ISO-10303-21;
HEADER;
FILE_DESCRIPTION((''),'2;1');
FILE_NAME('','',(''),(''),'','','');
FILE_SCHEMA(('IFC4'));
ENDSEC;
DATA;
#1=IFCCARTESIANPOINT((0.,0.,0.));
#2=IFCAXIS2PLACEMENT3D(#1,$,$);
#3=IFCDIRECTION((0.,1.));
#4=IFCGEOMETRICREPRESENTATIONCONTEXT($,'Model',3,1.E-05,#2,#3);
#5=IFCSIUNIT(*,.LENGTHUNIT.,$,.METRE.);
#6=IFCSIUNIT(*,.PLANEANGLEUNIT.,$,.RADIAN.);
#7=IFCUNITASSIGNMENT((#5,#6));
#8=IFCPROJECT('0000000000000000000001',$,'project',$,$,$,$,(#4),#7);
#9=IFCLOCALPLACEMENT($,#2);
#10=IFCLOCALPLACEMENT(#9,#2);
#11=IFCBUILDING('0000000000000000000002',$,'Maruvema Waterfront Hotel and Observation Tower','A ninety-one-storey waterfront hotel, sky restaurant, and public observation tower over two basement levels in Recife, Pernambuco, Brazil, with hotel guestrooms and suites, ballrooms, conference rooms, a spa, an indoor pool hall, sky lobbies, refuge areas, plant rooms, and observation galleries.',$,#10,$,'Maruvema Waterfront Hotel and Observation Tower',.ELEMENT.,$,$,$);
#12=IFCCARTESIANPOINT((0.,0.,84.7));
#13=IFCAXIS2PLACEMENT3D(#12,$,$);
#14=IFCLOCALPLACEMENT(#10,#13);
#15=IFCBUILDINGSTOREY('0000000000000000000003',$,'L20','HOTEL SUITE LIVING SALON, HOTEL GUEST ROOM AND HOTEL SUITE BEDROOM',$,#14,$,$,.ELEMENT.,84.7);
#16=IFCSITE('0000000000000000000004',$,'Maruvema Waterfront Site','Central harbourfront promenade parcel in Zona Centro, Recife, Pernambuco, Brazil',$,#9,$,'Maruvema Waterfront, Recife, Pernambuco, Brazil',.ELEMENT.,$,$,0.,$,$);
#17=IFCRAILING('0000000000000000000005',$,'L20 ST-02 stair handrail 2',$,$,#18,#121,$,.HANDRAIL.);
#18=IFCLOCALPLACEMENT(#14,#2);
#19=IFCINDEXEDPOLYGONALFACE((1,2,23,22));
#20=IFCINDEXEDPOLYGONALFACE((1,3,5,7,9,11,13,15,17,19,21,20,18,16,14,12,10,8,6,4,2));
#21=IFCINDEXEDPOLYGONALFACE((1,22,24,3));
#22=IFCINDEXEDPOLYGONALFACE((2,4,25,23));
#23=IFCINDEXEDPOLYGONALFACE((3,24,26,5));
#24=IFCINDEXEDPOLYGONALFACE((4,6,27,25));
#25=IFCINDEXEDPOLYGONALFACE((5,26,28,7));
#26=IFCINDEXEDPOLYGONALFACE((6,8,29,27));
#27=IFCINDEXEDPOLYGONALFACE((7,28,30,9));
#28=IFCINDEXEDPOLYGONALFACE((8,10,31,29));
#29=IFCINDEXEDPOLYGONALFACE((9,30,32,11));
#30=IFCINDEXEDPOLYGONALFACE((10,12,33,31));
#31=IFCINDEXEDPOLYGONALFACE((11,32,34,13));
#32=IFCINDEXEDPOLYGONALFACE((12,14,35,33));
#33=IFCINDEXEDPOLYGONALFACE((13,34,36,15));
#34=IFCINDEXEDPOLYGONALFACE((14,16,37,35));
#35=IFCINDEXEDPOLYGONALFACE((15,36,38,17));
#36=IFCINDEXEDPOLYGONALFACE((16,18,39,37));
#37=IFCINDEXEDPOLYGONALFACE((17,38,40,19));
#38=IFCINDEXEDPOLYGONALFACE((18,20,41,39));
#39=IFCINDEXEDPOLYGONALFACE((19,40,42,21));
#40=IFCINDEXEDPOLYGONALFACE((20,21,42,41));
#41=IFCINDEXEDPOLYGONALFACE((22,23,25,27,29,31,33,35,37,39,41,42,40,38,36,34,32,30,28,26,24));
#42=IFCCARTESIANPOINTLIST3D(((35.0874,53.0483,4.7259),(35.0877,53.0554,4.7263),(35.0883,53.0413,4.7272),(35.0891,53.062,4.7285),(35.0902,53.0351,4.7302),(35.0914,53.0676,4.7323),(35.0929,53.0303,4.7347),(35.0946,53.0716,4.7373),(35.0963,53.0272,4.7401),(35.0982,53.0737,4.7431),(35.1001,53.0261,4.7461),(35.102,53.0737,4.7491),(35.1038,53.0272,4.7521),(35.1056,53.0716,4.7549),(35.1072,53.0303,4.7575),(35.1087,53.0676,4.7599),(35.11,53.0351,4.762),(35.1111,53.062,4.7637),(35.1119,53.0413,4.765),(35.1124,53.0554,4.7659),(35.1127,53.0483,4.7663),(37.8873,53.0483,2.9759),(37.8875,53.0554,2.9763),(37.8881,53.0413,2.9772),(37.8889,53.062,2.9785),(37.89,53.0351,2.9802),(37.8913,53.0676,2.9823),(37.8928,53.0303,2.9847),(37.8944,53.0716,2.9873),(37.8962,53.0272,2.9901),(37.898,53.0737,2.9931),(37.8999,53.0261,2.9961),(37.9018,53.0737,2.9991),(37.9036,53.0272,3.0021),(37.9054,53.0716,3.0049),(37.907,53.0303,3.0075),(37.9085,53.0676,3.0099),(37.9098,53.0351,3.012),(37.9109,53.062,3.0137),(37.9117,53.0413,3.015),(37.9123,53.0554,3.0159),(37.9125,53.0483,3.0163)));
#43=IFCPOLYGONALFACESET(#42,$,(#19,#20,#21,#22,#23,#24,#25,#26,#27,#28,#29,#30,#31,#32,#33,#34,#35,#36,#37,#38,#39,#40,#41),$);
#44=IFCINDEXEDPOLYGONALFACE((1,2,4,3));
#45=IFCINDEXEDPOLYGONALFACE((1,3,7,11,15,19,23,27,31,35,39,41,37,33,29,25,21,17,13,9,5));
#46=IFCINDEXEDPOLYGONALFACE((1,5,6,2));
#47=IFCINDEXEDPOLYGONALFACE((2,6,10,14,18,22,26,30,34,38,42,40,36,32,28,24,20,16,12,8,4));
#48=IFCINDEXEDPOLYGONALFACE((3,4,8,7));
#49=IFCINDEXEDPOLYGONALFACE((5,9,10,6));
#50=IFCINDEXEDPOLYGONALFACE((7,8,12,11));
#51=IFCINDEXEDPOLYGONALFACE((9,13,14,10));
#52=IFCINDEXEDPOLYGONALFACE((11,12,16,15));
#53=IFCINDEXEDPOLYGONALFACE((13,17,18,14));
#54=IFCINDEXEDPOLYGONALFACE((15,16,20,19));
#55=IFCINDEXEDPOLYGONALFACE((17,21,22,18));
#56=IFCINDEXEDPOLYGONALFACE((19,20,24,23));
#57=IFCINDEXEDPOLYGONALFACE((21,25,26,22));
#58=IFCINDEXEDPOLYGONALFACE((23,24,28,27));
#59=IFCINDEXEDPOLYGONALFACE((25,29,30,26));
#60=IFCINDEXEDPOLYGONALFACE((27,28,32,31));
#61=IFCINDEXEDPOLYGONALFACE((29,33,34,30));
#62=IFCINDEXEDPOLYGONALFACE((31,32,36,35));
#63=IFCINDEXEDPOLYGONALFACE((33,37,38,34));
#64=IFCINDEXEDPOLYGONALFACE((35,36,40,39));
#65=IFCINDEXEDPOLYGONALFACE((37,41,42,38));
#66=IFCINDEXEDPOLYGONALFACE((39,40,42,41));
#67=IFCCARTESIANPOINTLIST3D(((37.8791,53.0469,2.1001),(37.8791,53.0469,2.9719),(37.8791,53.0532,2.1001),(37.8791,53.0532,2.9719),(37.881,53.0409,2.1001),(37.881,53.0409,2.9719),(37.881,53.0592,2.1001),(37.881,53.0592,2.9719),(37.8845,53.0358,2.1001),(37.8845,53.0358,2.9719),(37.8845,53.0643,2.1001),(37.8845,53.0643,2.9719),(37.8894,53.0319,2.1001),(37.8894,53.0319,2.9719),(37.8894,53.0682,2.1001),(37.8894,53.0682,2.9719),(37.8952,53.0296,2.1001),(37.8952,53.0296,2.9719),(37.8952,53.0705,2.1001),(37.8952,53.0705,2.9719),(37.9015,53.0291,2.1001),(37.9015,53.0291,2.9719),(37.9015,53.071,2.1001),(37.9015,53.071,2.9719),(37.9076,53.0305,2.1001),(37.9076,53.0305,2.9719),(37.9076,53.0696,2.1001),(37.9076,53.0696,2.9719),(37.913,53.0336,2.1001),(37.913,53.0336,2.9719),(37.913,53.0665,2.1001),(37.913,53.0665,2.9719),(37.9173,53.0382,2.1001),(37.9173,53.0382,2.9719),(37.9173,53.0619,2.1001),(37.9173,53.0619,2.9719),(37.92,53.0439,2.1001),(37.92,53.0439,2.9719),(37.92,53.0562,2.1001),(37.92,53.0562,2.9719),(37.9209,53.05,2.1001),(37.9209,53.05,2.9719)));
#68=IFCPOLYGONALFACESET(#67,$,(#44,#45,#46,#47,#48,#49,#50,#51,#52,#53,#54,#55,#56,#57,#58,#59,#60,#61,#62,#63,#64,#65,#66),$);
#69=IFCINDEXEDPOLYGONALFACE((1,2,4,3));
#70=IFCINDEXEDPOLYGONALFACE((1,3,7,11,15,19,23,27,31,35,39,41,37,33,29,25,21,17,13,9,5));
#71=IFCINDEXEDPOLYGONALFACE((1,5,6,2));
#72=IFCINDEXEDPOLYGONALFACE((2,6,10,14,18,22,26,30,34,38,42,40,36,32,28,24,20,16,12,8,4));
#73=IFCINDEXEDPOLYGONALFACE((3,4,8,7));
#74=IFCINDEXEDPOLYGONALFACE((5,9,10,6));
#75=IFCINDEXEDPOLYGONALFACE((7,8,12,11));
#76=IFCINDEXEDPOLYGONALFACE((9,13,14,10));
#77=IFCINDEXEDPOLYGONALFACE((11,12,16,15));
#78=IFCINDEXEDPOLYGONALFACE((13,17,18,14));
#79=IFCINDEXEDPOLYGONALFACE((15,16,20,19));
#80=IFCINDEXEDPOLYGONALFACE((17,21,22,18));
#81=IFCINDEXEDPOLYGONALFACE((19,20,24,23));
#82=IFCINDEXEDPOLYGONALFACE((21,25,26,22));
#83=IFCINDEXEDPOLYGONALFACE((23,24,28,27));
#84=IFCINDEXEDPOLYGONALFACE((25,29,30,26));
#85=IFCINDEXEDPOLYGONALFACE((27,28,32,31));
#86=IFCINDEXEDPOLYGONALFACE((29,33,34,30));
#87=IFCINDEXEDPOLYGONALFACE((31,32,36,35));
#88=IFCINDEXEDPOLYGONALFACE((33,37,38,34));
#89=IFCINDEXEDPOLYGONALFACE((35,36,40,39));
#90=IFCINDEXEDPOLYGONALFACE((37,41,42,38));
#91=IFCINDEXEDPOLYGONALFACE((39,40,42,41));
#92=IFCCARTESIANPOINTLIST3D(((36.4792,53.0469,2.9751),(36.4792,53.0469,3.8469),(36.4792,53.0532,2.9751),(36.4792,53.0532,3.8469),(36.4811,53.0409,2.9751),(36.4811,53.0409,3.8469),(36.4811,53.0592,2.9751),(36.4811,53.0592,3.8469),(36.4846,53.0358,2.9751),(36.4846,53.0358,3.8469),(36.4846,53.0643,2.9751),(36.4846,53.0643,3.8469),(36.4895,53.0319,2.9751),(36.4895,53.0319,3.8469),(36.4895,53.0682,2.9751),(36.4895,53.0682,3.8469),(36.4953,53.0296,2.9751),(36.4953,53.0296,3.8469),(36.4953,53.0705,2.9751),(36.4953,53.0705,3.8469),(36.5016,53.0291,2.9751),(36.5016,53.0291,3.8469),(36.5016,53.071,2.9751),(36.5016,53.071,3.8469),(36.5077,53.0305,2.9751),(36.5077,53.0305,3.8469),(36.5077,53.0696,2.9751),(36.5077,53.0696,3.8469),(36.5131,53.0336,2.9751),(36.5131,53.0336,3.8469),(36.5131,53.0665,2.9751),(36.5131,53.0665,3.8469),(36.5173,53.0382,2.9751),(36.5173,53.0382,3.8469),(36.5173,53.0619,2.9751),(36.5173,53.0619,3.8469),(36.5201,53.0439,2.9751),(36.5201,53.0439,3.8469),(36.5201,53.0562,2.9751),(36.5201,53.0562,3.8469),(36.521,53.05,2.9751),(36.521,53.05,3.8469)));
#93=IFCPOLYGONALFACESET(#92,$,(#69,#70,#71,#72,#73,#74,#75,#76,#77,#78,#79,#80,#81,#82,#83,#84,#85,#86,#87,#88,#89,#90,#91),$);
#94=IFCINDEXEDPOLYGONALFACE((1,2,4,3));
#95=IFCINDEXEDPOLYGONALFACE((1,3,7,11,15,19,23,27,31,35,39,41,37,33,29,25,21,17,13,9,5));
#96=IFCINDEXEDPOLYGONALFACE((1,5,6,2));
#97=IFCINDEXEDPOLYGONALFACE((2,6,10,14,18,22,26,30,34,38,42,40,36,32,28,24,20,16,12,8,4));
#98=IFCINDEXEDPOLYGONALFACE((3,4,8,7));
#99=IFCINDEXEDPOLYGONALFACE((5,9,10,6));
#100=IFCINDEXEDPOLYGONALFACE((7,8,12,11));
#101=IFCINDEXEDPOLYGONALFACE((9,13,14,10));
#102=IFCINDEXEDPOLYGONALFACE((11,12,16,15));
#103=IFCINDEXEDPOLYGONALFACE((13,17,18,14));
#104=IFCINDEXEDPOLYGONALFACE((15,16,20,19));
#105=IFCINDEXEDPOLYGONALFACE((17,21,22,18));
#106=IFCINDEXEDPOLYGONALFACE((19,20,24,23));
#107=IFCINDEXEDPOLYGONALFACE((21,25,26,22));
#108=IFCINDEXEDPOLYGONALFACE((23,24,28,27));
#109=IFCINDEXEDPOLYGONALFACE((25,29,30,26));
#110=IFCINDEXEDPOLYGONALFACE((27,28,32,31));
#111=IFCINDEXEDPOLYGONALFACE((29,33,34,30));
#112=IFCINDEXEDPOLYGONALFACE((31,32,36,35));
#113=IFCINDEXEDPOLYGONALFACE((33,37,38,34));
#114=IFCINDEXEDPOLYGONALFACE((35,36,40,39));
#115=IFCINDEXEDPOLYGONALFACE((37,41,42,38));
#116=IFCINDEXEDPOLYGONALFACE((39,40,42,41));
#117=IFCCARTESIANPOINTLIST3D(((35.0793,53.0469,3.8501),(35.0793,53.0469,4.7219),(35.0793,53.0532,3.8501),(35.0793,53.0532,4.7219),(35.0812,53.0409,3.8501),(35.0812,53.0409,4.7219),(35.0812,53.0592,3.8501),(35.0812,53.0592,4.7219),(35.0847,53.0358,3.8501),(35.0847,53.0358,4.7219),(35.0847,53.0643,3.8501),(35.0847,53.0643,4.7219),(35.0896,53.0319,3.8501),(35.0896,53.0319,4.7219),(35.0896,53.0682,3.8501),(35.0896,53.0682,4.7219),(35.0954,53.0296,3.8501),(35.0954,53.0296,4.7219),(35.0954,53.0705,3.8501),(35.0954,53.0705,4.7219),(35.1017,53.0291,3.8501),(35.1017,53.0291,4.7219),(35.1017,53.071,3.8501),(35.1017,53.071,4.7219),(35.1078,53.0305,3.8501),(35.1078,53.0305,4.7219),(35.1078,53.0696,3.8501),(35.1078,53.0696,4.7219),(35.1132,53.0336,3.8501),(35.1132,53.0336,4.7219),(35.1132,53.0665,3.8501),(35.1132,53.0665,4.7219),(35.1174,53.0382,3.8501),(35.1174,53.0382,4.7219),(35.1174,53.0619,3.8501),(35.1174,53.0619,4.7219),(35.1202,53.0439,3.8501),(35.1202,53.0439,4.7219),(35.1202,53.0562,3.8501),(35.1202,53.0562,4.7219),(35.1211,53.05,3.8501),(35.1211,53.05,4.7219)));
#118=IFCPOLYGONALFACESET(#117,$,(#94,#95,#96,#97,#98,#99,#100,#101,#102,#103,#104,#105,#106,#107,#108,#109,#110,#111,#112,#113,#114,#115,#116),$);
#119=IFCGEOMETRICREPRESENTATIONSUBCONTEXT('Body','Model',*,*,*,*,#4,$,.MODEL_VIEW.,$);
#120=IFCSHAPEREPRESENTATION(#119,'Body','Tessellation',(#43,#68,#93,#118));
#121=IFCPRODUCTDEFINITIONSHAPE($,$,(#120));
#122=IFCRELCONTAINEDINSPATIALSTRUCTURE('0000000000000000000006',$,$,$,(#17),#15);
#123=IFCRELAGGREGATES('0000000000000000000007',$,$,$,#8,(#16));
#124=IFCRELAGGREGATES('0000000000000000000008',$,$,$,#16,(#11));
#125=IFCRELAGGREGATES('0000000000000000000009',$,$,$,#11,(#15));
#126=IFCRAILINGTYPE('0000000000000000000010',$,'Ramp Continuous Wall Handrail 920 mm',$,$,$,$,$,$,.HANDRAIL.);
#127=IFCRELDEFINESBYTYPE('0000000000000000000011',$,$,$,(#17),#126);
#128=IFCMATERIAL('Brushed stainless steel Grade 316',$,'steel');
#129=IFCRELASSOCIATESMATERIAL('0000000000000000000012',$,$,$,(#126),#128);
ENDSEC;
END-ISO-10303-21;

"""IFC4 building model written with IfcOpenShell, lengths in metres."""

from ifc_helpers import new_model, si_unit, direction, frame, origin, origin_2d, place, context, subcontext, project, spatial, circle, extrude, material, type_object, element, save


model = new_model("IFC4")

# Units and contexts
model_context = context("Model", 3, precision=1e-05, world=origin(), true_north=direction((0.0, 1.0)))
body_context = subcontext(model_context, "Body", "Model", "MODEL_VIEW")
ifc_project = project(units=[si_unit("LENGTHUNIT", "METRE"), si_unit("PLANEANGLEUNIT", "RADIAN")], contexts=[model_context])

# Site, building, storey
site_placement = place(None, origin())
site = spatial("IfcSite", under=ifc_project, at=site_placement, Name="Maruvema Waterfront Site", Description="Central harbourfront promenade parcel in Zona Centro, Recife, Pernambuco, Brazil", LongName="Maruvema Waterfront, Recife, Pernambuco, Brazil", CompositionType="ELEMENT", RefElevation=0.0)
building_placement = place(site_placement, origin())
building = spatial("IfcBuilding", under=site, at=building_placement, Name="Maruvema Waterfront Hotel and Observation Tower", Description="A ninety-one-storey waterfront hotel, sky restaurant, and public observation tower over two basement levels in Recife, Pernambuco, Brazil, with hotel guestrooms and suites, ballrooms, conference rooms, a spa, an indoor pool hall, sky lobbies, refuge areas, plant rooms, and observation galleries.", LongName="Maruvema Waterfront Hotel and Observation Tower", CompositionType="ELEMENT")
storey_placement = place(building_placement, frame((0.0, 0.0, 84.7)))
storey = spatial("IfcBuildingStorey", under=building, at=storey_placement, Name="L20", Description="HOTEL SUITE LIVING SALON, HOTEL GUEST ROOM AND HOTEL SUITE BEDROOM", CompositionType="ELEMENT", Elevation=84.7)

# Railing
ifc_material_1 = material(Name="Brushed stainless steel Grade 316", Category="steel")
railing_type_1 = type_object("IfcRailingType", Name="Ramp Continuous Wall Handrail 920 mm", PredefinedType="HANDRAIL", material=ifc_material_1)
railing_1_placement = place(storey_placement, frame((37.8999, 53.05, 2.1001)))
element("IfcRailing", 1, at=railing_1_placement, inside=storey, type_object=railing_type_1, Name="L20 ST-02 stair handrail 2", PredefinedType="HANDRAIL", context=body_context, shape_type="SweptSolid", body=[
    extrude(circle(Radius=0.0239, at=origin_2d()), frame((0.0, 0.0, 0.896), z_axis=(-0.847982, 0.0, 0.530026), x_axis=(0.0, -1.0, 0.0)), (0.0, 0.0, 1.0), 3.3018),
    extrude(circle(Radius=0.021, at=origin_2d()), origin(), (0.0, 0.0, 1.0), 0.8718),
    extrude(circle(Radius=0.021, at=origin_2d()), frame((-1.3999, 0.0, 0.875)), (0.0, 0.0, 1.0), 0.8718),
    extrude(circle(Radius=0.021, at=origin_2d()), frame((-2.7998, 0.0, 1.75)), (0.0, 0.0, 1.0), 0.8718),
])

save(model, "model.ifc")
